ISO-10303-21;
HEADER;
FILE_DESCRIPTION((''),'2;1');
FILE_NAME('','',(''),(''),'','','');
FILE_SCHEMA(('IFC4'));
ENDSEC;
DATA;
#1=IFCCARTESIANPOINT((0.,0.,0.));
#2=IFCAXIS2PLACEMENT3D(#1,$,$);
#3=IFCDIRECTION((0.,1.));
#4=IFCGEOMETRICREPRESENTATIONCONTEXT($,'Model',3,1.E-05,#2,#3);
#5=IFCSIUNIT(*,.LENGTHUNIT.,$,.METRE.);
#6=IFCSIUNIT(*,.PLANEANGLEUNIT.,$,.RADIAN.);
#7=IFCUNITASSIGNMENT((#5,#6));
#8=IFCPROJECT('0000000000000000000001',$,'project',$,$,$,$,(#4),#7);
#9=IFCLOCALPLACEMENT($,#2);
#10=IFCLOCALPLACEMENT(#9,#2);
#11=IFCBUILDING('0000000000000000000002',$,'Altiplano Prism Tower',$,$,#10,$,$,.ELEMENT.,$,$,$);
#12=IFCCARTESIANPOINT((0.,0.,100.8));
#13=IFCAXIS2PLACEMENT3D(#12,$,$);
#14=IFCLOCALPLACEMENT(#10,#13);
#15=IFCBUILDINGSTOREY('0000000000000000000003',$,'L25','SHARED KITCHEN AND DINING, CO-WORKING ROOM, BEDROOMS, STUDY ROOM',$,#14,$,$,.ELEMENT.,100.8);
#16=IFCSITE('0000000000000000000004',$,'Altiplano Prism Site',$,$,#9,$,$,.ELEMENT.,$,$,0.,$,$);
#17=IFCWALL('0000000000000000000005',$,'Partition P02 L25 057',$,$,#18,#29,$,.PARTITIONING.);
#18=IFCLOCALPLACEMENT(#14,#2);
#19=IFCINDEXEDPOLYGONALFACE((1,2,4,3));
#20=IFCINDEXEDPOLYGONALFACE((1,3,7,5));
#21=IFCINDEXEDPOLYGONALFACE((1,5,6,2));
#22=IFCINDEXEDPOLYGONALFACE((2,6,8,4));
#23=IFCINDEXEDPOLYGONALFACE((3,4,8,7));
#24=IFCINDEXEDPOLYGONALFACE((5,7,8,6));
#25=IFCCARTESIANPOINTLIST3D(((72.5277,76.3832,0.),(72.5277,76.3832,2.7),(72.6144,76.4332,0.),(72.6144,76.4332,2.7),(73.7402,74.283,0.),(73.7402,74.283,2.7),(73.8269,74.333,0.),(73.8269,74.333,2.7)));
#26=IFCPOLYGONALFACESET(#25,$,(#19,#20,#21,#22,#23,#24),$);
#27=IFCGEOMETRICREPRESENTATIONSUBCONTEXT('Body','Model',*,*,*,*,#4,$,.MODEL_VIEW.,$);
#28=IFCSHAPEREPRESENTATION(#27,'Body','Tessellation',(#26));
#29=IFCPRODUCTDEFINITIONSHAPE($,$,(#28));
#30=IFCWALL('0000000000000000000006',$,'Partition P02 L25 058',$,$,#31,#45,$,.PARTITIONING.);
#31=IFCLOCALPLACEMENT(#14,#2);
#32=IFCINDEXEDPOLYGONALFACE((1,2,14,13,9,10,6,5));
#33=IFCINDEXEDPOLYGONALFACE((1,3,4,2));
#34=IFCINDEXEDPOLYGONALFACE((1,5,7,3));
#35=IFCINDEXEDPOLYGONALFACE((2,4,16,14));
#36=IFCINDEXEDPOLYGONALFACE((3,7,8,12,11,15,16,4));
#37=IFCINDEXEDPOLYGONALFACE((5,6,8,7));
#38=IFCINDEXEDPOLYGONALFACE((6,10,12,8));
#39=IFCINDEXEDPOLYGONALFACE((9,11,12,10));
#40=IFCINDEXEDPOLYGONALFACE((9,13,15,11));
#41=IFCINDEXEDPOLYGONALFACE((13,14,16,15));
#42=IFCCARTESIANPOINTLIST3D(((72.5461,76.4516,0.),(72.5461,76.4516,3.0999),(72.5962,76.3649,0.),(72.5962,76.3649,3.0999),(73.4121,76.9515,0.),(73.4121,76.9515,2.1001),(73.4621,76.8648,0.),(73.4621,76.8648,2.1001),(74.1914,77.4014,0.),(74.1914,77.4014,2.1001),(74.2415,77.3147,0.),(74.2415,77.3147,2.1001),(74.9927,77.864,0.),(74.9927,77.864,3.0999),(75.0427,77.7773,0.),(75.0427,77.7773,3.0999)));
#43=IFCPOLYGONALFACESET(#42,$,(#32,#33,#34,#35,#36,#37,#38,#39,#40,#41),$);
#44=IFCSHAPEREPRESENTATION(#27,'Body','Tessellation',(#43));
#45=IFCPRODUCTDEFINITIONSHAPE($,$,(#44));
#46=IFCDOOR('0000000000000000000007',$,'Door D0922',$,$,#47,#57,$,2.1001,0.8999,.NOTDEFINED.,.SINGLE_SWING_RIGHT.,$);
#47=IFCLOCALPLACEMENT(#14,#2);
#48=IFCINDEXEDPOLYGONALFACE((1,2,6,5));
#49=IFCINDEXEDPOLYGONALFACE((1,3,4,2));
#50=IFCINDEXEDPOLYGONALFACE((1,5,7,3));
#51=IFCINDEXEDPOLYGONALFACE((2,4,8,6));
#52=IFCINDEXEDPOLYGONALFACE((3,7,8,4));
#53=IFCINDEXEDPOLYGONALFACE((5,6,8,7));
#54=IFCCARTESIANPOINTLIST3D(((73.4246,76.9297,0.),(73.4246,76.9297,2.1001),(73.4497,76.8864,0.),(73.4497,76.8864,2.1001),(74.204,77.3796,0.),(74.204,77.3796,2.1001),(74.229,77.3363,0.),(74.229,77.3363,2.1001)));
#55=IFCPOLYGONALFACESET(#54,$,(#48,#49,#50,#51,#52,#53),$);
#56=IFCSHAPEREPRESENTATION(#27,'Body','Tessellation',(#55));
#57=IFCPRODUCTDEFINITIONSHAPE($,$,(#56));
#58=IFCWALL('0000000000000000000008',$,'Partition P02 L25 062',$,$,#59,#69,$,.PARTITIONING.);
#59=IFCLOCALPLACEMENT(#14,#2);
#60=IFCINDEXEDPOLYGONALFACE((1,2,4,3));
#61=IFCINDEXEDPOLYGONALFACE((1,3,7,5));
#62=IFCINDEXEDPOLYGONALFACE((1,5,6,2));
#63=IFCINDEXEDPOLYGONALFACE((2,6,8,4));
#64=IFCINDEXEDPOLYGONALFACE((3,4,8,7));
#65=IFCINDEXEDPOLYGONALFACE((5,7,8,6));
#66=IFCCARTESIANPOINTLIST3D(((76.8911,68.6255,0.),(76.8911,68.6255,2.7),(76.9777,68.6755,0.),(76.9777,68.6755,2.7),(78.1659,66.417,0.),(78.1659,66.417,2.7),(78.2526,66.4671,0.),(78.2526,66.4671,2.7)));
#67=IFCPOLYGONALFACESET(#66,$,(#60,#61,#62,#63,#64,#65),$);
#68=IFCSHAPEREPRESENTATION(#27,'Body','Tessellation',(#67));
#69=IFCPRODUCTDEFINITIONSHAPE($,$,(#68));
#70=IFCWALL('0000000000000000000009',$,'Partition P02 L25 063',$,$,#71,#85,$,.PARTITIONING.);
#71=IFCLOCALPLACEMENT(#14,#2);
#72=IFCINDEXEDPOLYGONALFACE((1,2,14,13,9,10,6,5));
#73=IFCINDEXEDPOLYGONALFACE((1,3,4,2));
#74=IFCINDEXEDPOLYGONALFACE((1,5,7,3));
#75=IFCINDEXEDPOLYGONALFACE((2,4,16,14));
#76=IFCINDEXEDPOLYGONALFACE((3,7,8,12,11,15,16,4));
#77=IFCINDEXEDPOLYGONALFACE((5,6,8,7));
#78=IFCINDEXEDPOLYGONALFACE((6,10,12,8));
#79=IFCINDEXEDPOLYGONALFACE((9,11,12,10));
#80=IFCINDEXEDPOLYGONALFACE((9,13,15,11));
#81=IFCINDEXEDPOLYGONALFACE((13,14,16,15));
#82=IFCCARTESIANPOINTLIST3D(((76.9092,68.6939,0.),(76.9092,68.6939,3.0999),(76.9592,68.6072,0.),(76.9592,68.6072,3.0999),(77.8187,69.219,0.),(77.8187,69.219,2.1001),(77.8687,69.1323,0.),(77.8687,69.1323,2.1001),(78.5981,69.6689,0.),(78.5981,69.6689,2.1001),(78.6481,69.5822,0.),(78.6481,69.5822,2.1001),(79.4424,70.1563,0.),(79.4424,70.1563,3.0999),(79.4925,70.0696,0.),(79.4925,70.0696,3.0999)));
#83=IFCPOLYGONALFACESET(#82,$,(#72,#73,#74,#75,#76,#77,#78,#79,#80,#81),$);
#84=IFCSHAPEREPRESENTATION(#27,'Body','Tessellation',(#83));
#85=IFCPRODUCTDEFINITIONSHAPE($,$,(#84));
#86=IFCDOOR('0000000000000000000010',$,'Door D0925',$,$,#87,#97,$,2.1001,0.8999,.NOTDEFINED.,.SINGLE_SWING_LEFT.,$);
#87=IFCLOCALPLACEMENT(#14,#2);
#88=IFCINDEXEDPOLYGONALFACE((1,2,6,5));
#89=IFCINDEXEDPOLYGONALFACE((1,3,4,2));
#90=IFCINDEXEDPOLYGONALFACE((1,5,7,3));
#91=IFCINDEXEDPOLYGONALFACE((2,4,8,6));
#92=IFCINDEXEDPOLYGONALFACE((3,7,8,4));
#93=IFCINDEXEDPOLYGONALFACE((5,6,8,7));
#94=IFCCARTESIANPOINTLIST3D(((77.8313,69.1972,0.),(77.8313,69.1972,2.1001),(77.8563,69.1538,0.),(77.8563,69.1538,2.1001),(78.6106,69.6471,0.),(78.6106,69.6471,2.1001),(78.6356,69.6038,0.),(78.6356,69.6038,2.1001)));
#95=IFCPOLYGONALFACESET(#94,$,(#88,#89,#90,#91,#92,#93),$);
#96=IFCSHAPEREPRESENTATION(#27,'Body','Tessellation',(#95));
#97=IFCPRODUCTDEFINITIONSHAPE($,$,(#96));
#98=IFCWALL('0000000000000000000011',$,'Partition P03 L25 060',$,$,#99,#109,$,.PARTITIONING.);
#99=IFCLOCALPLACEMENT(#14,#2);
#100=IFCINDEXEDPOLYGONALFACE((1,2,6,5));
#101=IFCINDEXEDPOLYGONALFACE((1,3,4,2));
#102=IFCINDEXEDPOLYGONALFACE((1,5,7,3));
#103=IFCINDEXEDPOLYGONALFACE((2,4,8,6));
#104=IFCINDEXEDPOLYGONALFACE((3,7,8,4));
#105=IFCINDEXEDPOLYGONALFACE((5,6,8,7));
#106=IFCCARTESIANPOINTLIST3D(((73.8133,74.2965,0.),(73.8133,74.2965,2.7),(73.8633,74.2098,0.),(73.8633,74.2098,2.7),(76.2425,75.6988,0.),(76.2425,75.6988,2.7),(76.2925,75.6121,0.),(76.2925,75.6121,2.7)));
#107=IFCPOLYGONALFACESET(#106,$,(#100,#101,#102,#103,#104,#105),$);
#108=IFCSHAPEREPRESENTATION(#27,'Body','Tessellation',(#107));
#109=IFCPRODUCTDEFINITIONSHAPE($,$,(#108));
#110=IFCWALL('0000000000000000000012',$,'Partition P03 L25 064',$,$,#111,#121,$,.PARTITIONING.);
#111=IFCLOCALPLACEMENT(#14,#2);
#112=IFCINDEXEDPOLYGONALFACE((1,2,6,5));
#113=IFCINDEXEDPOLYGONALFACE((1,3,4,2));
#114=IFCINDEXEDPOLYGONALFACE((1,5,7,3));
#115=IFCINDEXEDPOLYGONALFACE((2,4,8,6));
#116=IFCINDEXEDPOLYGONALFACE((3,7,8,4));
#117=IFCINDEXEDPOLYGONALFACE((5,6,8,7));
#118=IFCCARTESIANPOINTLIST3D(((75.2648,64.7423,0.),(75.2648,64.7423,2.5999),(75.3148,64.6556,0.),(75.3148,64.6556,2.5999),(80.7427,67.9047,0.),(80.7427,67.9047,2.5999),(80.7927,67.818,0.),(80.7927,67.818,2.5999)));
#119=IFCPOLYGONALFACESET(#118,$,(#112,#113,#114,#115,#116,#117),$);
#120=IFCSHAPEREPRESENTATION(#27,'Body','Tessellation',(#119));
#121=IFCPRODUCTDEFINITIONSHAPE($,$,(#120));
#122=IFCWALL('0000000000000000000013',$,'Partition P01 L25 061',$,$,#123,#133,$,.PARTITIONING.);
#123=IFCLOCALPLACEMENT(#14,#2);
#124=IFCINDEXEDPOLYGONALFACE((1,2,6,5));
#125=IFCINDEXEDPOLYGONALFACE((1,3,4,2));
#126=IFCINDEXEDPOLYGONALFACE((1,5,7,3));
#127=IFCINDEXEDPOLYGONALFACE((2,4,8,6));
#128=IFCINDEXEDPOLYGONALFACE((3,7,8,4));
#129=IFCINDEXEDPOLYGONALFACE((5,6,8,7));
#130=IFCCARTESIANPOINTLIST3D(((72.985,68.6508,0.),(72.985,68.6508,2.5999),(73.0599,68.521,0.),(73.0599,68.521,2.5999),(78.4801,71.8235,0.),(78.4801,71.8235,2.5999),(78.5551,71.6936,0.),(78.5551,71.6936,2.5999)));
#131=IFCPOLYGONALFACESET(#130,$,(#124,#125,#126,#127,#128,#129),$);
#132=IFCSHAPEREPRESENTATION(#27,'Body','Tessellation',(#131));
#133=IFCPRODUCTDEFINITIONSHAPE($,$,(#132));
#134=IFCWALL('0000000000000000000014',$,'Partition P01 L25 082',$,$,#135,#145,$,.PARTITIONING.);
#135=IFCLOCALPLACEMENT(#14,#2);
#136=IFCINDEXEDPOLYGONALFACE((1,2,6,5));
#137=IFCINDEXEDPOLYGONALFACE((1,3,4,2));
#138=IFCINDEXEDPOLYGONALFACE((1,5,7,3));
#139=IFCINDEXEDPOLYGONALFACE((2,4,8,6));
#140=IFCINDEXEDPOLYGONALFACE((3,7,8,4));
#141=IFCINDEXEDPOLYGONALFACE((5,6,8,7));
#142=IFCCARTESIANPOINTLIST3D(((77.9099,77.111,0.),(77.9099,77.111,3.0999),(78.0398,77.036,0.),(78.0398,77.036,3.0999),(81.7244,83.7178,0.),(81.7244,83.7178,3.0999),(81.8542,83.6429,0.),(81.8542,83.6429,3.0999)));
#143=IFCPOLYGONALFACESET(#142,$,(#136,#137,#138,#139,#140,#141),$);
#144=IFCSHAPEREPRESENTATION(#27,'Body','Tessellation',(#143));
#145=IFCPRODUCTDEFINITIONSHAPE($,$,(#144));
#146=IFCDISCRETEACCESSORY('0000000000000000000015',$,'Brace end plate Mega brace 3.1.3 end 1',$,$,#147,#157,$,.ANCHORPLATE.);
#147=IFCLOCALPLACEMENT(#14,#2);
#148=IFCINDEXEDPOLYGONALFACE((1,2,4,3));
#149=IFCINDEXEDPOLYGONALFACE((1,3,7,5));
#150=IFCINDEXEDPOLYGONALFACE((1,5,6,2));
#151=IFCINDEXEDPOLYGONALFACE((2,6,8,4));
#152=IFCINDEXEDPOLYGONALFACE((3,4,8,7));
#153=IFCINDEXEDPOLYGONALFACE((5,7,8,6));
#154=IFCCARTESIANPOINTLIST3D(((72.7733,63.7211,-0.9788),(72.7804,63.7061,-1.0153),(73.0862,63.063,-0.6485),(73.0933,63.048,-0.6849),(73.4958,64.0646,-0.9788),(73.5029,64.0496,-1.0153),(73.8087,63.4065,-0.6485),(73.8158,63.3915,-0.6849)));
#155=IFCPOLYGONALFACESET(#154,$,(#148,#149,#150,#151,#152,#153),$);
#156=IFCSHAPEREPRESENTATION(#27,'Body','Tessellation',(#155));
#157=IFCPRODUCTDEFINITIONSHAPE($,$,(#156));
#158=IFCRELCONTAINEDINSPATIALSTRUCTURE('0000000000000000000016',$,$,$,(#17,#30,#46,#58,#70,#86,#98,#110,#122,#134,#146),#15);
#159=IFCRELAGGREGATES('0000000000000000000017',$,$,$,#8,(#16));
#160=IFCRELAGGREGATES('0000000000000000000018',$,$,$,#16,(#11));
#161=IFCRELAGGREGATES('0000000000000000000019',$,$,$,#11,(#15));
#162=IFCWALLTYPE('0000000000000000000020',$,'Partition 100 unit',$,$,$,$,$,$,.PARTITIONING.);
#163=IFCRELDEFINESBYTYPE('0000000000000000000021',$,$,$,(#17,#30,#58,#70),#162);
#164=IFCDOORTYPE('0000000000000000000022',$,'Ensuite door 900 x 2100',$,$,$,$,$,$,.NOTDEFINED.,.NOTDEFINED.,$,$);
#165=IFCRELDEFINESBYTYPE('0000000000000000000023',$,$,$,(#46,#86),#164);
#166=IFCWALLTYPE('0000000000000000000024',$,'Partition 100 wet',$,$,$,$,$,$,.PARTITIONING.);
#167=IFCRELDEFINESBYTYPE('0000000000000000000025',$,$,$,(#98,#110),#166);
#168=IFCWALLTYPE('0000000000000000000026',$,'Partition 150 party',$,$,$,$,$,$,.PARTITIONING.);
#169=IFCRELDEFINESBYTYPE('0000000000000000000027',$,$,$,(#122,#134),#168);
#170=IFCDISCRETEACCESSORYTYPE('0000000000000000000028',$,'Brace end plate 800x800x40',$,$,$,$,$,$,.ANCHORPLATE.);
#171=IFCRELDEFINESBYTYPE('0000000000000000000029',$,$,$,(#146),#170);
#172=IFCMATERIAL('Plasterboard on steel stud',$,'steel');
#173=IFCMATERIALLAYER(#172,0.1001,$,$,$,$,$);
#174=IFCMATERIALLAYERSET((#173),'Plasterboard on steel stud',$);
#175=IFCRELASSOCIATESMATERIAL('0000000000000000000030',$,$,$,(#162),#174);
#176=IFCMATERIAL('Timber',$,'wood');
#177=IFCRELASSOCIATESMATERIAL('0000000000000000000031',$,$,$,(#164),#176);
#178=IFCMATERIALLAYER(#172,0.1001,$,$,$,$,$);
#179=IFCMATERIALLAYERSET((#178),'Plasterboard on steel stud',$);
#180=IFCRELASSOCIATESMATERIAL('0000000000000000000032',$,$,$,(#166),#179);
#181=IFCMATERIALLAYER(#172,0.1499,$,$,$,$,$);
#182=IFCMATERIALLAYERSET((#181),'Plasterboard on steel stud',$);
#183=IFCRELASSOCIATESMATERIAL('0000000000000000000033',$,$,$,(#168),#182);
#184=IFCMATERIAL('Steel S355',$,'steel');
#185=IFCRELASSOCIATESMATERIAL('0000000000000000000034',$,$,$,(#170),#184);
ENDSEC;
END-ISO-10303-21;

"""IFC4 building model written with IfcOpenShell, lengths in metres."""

from ifc_helpers import new_model, si_unit, direction, frame, frame_2d, origin, origin_2d, place, context, subcontext, project, spatial, rectangle, extrude, material, layer, layer_set, material_profile, profile_set, type_object, element, fill, save


model = new_model("IFC4")

# Units and contexts
model_context = context("Model", 3, precision=1e-05, world=origin(), true_north=direction((0.0, 1.0)))
body_context = subcontext(model_context, "Body", "Model", "MODEL_VIEW")
ifc_project = project(units=[si_unit("LENGTHUNIT", "METRE"), si_unit("PLANEANGLEUNIT", "RADIAN")], contexts=[model_context])

# Site, building, storey
site_placement = place(None, origin())
site = spatial("IfcSite", under=ifc_project, at=site_placement, Name="Altiplano Prism Site", CompositionType="ELEMENT", RefElevation=0.0)
building_placement = place(site_placement, origin())
building = spatial("IfcBuilding", under=site, at=building_placement, Name="Altiplano Prism Tower", CompositionType="ELEMENT")
storey_placement = place(building_placement, frame((0.0, 0.0, 100.8)))
storey = spatial("IfcBuildingStorey", under=building, at=storey_placement, Name="L25", Description="SHARED KITCHEN AND DINING, CO-WORKING ROOM, BEDROOMS, STUDY ROOM", CompositionType="ELEMENT", Elevation=100.8)

# Shared definitions
ifc_material_1 = material(Name="Steel S355", Category="steel")

# Wall
ifc_material_2 = material(Name="Plasterboard on steel stud", Category="steel")
ifc_layer_1 = layer(ifc_material_2, 0.1001)
ifc_layer_set_1 = layer_set([ifc_layer_1], Name="Plasterboard on steel stud")
wall_type_1 = type_object("IfcWallType", Name="Partition 100 unit", PredefinedType="PARTITIONING", material=ifc_layer_set_1)
wall_1_placement = place(storey_placement, frame((73.7834, 74.3081, 0.0), z_axis=(0.0, 0.0, 1.0), x_axis=(-0.499972, 0.866041, 0.0)))
element("IfcWall", 1, at=wall_1_placement, inside=storey, type_object=wall_type_1, Name="Partition P02 L25 057", PredefinedType="PARTITIONING", context=body_context, shape_type="SweptSolid", body=[
    extrude(rectangle(XDim=2.425, YDim=0.1001, at=frame_2d((1.2124, 0.0))), origin(), (0.0, 0.0, 1.0), 2.7),
])

# Wall, opening, door
wall_2_placement = place(storey_placement, frame((72.571, 76.4082, 0.0), z_axis=(0.0, 0.0, 1.0), x_axis=(0.866049, 0.499959, 0.0)))
wall_2 = element("IfcWall", 2, at=wall_2_placement, inside=storey, type_object=wall_type_1, Name="Partition P02 L25 058", PredefinedType="PARTITIONING", context=body_context, shape_type="SweptSolid", body=[
    extrude(rectangle(XDim=2.825, YDim=0.1001, at=frame_2d((1.4126, 0.0))), origin(), (0.0, 0.0, 1.0), 3.0999),
])
opening_1_placement = place(wall_2_placement, frame((1.0, 0.0, 0.0)))
opening_1 = element("IfcOpeningElement", 3, at=opening_1_placement, cuts=wall_2, PredefinedType="OPENING", context=body_context, shape_type="SweptSolid", body=[
    extrude(rectangle(XDim=0.8999, YDim=2.1001, at=frame_2d((0.45, 1.05))), frame((0.0, 0.0605, 0.0), z_axis=(0.0, -1.0, 0.0), x_axis=(1.0, 0.0, 0.0)), (0.0, 0.0, 1.0), 0.1211),
])
ifc_material_3 = material(Name="Timber", Category="wood")
door_type = type_object("IfcDoorType", Name="Ensuite door 900 x 2100", OperationType="NOTDEFINED", PredefinedType="NOTDEFINED", material=ifc_material_3)
door_1_placement = place(opening_1_placement, origin())
door_1 = element("IfcDoor", 4, at=door_1_placement, inside=storey, type_object=door_type, Name="Door D0922", OperationType="SINGLE_SWING_RIGHT", OverallHeight=2.1001, OverallWidth=0.8999, PredefinedType="NOTDEFINED", context=body_context, shape_type="SweptSolid", body=[
    extrude(rectangle(XDim=0.8999, YDim=2.1001, at=frame_2d((0.45, 1.05))), frame((0.0, 0.0249, 0.0), z_axis=(0.0, -1.0, 0.0), x_axis=(1.0, 0.0, 0.0)), (0.0, 0.0, 1.0), 0.05),
])
fill(opening_1, door_1)

# Wall
wall_3_placement = place(storey_placement, frame((78.2092, 66.4421, 0.0), z_axis=(0.0, 0.0, 1.0), x_axis=(-0.499949, 0.866055, 0.0)))
element("IfcWall", 5, at=wall_3_placement, inside=storey, type_object=wall_type_1, Name="Partition P02 L25 062", PredefinedType="PARTITIONING", context=body_context, shape_type="SweptSolid", body=[
    extrude(rectangle(XDim=2.55, YDim=0.1001, at=frame_2d((1.2749, 0.0))), origin(), (0.0, 0.0, 1.0), 2.7),
])

# Wall, opening, door
wall_4_placement = place(storey_placement, frame((76.9343, 68.6506, 0.0), z_axis=(0.0, 0.0, 1.0), x_axis=(0.866047, 0.499963, 0.0)))
wall_4 = element("IfcWall", 6, at=wall_4_placement, inside=storey, type_object=wall_type_1, Name="Partition P02 L25 063", PredefinedType="PARTITIONING", context=body_context, shape_type="SweptSolid", body=[
    extrude(rectangle(XDim=2.925, YDim=0.1001, at=frame_2d((1.4624, 0.0))), origin(), (0.0, 0.0, 1.0), 3.0999),
])
opening_2_placement = place(wall_4_placement, frame((1.05, 0.0, 0.0)))
opening_2 = element("IfcOpeningElement", 7, at=opening_2_placement, cuts=wall_4, PredefinedType="OPENING", context=body_context, shape_type="SweptSolid", body=[
    extrude(rectangle(XDim=0.8999, YDim=2.1001, at=frame_2d((0.45, 1.05))), frame((0.0, 0.0605, 0.0), z_axis=(0.0, -1.0, 0.0), x_axis=(1.0, 0.0, 0.0)), (0.0, 0.0, 1.0), 0.1211),
])
door_2_placement = place(opening_2_placement, origin())
door_2 = element("IfcDoor", 8, at=door_2_placement, inside=storey, type_object=door_type, Name="Door D0925", OperationType="SINGLE_SWING_LEFT", OverallHeight=2.1001, OverallWidth=0.8999, PredefinedType="NOTDEFINED", context=body_context, shape_type="SweptSolid", body=[
    extrude(rectangle(XDim=0.8999, YDim=2.1001, at=frame_2d((0.45, 1.05))), frame((0.0, 0.0249, 0.0), z_axis=(0.0, -1.0, 0.0), x_axis=(1.0, 0.0, 0.0)), (0.0, 0.0, 1.0), 0.05),
])
fill(opening_2, door_2)

# Walls
ifc_layer_2 = layer(ifc_material_2, 0.1001)
ifc_layer_set_2 = layer_set([ifc_layer_2], Name="Plasterboard on steel stud")
wall_type_2 = type_object("IfcWallType", Name="Partition 100 wet", PredefinedType="PARTITIONING", material=ifc_layer_set_2)
wall_5_placement = place(storey_placement, frame((73.8384, 74.2532, 0.0), z_axis=(0.0, 0.0, 1.0), x_axis=(0.866049, 0.499959, 0.0)))
element("IfcWall", 9, at=wall_5_placement, inside=storey, type_object=wall_type_2, Name="Partition P03 L25 060", PredefinedType="PARTITIONING", context=body_context, shape_type="SweptSolid", body=[
    extrude(rectangle(XDim=2.8049, YDim=0.1001, at=frame_2d((1.4023, 0.0))), origin(), (0.0, 0.0, 1.0), 2.7),
])
wall_6_placement = place(storey_placement, frame((75.2898, 64.699, 0.0), z_axis=(0.0, 0.0, 1.0), x_axis=(0.866042, 0.499971, 0.0)))
element("IfcWall", 10, at=wall_6_placement, inside=storey, type_object=wall_type_2, Name="Partition P03 L25 064", PredefinedType="PARTITIONING", context=body_context, shape_type="SweptSolid", body=[
    extrude(rectangle(XDim=6.3252, YDim=0.1001, at=frame_2d((3.1626, 0.0))), origin(), (0.0, 0.0, 1.0), 2.5999),
])
ifc_layer_3 = layer(ifc_material_2, 0.1499)
ifc_layer_set_3 = layer_set([ifc_layer_3], Name="Plasterboard on steel stud")
wall_type_3 = type_object("IfcWallType", Name="Partition 150 party", PredefinedType="PARTITIONING", material=ifc_layer_set_3)
wall_7_placement = place(storey_placement, frame((73.0225, 68.5859, 0.0), z_axis=(0.0, 0.0, 1.0), x_axis=(0.866025, 0.5, 0.0)))
element("IfcWall", 11, at=wall_7_placement, inside=storey, type_object=wall_type_3, Name="Partition P01 L25 061", PredefinedType="PARTITIONING", context=body_context, shape_type="SweptSolid", body=[
    extrude(rectangle(XDim=6.3452, YDim=0.1499, at=frame_2d((3.1726, 0.0))), origin(), (0.0, 0.0, 1.0), 2.5999),
])
wall_8_placement = place(storey_placement, frame((77.9749, 77.0735, 0.0), z_axis=(0.0, 0.0, 1.0), x_axis=(0.499994, 0.866029, 0.0)))
element("IfcWall", 12, at=wall_8_placement, inside=storey, type_object=wall_type_3, Name="Partition P01 L25 082", PredefinedType="PARTITIONING", context=body_context, shape_type="SweptSolid", body=[
    extrude(rectangle(XDim=7.6289, YDim=0.1499, at=frame_2d((3.8145, 0.0))), origin(), (0.0, 0.0, 1.0), 3.0999),
])

# Discrete accessory
ifc_material_profile_1 = material_profile(ifc_material_1, rectangle(XDim=0.8, YDim=0.8, at=origin_2d()), Name="Brace end plate 800x800x40")
ifc_profile_set_1 = profile_set([ifc_material_profile_1], Name="Steel S355")
discrete_accessory_type = type_object("IfcDiscreteAccessoryType", Name="Brace end plate 800x800x40", PredefinedType="ANCHORPLATE", material=ifc_profile_set_1)
discrete_accessory_placement = place(storey_placement, frame((73.2981, 63.5488, -0.8501), z_axis=(-0.177268, 0.372874, 0.910791), x_axis=(-0.903134, -0.429359, 0.0)))
element("IfcDiscreteAccessory", 13, at=discrete_accessory_placement, inside=storey, type_object=discrete_accessory_type, Name="Brace end plate Mega brace 3.1.3 end 1", PredefinedType="ANCHORPLATE", context=body_context, shape_type="SweptSolid", body=[
    extrude(rectangle(XDim=0.8, YDim=0.8, at=origin_2d()), origin(), (0.0, 0.0, 1.0), 0.04),
])

save(model, "model.ifc")
